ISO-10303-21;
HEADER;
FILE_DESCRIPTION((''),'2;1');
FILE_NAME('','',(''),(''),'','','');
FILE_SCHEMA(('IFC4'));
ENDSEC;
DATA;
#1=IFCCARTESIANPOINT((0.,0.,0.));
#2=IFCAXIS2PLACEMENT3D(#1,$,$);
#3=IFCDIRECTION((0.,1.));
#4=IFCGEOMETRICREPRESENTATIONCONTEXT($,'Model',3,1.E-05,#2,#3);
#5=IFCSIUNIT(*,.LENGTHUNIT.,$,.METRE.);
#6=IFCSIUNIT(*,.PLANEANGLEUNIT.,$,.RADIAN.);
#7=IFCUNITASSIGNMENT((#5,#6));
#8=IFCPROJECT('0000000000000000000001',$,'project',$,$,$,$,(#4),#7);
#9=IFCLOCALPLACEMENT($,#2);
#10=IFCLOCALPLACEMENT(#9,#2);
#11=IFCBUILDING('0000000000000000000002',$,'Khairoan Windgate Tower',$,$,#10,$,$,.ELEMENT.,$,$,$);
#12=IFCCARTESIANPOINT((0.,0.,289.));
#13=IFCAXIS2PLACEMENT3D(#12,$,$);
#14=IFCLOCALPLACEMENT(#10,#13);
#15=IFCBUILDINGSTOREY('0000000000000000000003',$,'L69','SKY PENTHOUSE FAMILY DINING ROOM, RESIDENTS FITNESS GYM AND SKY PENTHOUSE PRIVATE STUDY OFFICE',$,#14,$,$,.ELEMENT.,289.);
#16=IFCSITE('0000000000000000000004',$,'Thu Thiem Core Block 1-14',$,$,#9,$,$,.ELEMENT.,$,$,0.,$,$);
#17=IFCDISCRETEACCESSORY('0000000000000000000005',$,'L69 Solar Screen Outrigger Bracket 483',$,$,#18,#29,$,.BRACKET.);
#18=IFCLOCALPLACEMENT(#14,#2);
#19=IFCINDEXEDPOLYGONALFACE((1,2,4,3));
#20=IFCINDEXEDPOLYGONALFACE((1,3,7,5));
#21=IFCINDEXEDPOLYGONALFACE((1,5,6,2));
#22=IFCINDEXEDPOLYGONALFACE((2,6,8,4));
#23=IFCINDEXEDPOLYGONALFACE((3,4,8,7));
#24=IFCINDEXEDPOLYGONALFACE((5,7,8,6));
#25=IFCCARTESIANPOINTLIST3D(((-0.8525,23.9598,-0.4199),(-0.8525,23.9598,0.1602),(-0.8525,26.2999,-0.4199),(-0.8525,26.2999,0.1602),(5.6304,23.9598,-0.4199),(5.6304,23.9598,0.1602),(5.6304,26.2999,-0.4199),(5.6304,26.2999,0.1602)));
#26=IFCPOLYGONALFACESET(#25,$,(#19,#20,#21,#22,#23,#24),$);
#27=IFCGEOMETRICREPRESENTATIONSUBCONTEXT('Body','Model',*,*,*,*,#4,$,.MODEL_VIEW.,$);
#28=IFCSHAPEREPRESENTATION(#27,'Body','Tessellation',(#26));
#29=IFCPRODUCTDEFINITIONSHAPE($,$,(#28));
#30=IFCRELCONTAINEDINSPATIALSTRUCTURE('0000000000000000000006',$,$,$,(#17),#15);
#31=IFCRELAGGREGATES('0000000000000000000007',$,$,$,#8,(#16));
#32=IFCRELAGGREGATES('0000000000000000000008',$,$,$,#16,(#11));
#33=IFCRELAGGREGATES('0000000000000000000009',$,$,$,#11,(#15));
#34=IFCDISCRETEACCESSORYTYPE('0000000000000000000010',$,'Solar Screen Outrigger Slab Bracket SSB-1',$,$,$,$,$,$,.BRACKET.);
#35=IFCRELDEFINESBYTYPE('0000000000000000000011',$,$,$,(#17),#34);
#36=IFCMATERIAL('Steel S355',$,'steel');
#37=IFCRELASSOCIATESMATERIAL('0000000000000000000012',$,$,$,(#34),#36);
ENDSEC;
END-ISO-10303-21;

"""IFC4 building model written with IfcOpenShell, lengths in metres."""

from ifc_helpers import new_model, si_unit, direction, frame, origin, origin_2d, place, context, subcontext, project, spatial, rectangle, extrude, material, type_object, element, save


model = new_model("IFC4")

# Units and contexts
model_context = context("Model", 3, precision=1e-05, world=origin(), true_north=direction((0.0, 1.0)))
body_context = subcontext(model_context, "Body", "Model", "MODEL_VIEW")
ifc_project = project(units=[si_unit("LENGTHUNIT", "METRE"), si_unit("PLANEANGLEUNIT", "RADIAN")], contexts=[model_context])

# Site, building, storey
site_placement = place(None, origin())
site = spatial("IfcSite", under=ifc_project, at=site_placement, Name="Thu Thiem Core Block 1-14", CompositionType="ELEMENT", RefElevation=0.0)
building_placement = place(site_placement, origin())
building = spatial("IfcBuilding", under=site, at=building_placement, Name="Khairoan Windgate Tower", CompositionType="ELEMENT")
storey_placement = place(building_placement, frame((0.0, 0.0, 289.0)))
storey = spatial("IfcBuildingStorey", under=building, at=storey_placement, Name="L69", Description="SKY PENTHOUSE FAMILY DINING ROOM, RESIDENTS FITNESS GYM AND SKY PENTHOUSE PRIVATE STUDY OFFICE", CompositionType="ELEMENT", Elevation=289.0)

# Discrete accessory
ifc_material_1 = material(Name="Steel S355", Category="steel")
discrete_accessory_type = type_object("IfcDiscreteAccessoryType", Name="Solar Screen Outrigger Slab Bracket SSB-1", PredefinedType="BRACKET", material=ifc_material_1)
discrete_accessory_placement = place(storey_placement, frame((2.3889, 25.1299, -0.4199), z_axis=(0.0, 0.0, 1.0), x_axis=(1.0, 0.0, 0.0)))
element("IfcDiscreteAccessory", 1, at=discrete_accessory_placement, inside=storey, type_object=discrete_accessory_type, Name="L69 Solar Screen Outrigger Bracket 483", PredefinedType="BRACKET", context=body_context, shape_type="SweptSolid", body=[
    extrude(rectangle(XDim=6.4829, YDim=2.3401, at=origin_2d()), origin(), (0.0, 0.0, 1.0), 0.5801),
])

save(model, "model.ifc")
